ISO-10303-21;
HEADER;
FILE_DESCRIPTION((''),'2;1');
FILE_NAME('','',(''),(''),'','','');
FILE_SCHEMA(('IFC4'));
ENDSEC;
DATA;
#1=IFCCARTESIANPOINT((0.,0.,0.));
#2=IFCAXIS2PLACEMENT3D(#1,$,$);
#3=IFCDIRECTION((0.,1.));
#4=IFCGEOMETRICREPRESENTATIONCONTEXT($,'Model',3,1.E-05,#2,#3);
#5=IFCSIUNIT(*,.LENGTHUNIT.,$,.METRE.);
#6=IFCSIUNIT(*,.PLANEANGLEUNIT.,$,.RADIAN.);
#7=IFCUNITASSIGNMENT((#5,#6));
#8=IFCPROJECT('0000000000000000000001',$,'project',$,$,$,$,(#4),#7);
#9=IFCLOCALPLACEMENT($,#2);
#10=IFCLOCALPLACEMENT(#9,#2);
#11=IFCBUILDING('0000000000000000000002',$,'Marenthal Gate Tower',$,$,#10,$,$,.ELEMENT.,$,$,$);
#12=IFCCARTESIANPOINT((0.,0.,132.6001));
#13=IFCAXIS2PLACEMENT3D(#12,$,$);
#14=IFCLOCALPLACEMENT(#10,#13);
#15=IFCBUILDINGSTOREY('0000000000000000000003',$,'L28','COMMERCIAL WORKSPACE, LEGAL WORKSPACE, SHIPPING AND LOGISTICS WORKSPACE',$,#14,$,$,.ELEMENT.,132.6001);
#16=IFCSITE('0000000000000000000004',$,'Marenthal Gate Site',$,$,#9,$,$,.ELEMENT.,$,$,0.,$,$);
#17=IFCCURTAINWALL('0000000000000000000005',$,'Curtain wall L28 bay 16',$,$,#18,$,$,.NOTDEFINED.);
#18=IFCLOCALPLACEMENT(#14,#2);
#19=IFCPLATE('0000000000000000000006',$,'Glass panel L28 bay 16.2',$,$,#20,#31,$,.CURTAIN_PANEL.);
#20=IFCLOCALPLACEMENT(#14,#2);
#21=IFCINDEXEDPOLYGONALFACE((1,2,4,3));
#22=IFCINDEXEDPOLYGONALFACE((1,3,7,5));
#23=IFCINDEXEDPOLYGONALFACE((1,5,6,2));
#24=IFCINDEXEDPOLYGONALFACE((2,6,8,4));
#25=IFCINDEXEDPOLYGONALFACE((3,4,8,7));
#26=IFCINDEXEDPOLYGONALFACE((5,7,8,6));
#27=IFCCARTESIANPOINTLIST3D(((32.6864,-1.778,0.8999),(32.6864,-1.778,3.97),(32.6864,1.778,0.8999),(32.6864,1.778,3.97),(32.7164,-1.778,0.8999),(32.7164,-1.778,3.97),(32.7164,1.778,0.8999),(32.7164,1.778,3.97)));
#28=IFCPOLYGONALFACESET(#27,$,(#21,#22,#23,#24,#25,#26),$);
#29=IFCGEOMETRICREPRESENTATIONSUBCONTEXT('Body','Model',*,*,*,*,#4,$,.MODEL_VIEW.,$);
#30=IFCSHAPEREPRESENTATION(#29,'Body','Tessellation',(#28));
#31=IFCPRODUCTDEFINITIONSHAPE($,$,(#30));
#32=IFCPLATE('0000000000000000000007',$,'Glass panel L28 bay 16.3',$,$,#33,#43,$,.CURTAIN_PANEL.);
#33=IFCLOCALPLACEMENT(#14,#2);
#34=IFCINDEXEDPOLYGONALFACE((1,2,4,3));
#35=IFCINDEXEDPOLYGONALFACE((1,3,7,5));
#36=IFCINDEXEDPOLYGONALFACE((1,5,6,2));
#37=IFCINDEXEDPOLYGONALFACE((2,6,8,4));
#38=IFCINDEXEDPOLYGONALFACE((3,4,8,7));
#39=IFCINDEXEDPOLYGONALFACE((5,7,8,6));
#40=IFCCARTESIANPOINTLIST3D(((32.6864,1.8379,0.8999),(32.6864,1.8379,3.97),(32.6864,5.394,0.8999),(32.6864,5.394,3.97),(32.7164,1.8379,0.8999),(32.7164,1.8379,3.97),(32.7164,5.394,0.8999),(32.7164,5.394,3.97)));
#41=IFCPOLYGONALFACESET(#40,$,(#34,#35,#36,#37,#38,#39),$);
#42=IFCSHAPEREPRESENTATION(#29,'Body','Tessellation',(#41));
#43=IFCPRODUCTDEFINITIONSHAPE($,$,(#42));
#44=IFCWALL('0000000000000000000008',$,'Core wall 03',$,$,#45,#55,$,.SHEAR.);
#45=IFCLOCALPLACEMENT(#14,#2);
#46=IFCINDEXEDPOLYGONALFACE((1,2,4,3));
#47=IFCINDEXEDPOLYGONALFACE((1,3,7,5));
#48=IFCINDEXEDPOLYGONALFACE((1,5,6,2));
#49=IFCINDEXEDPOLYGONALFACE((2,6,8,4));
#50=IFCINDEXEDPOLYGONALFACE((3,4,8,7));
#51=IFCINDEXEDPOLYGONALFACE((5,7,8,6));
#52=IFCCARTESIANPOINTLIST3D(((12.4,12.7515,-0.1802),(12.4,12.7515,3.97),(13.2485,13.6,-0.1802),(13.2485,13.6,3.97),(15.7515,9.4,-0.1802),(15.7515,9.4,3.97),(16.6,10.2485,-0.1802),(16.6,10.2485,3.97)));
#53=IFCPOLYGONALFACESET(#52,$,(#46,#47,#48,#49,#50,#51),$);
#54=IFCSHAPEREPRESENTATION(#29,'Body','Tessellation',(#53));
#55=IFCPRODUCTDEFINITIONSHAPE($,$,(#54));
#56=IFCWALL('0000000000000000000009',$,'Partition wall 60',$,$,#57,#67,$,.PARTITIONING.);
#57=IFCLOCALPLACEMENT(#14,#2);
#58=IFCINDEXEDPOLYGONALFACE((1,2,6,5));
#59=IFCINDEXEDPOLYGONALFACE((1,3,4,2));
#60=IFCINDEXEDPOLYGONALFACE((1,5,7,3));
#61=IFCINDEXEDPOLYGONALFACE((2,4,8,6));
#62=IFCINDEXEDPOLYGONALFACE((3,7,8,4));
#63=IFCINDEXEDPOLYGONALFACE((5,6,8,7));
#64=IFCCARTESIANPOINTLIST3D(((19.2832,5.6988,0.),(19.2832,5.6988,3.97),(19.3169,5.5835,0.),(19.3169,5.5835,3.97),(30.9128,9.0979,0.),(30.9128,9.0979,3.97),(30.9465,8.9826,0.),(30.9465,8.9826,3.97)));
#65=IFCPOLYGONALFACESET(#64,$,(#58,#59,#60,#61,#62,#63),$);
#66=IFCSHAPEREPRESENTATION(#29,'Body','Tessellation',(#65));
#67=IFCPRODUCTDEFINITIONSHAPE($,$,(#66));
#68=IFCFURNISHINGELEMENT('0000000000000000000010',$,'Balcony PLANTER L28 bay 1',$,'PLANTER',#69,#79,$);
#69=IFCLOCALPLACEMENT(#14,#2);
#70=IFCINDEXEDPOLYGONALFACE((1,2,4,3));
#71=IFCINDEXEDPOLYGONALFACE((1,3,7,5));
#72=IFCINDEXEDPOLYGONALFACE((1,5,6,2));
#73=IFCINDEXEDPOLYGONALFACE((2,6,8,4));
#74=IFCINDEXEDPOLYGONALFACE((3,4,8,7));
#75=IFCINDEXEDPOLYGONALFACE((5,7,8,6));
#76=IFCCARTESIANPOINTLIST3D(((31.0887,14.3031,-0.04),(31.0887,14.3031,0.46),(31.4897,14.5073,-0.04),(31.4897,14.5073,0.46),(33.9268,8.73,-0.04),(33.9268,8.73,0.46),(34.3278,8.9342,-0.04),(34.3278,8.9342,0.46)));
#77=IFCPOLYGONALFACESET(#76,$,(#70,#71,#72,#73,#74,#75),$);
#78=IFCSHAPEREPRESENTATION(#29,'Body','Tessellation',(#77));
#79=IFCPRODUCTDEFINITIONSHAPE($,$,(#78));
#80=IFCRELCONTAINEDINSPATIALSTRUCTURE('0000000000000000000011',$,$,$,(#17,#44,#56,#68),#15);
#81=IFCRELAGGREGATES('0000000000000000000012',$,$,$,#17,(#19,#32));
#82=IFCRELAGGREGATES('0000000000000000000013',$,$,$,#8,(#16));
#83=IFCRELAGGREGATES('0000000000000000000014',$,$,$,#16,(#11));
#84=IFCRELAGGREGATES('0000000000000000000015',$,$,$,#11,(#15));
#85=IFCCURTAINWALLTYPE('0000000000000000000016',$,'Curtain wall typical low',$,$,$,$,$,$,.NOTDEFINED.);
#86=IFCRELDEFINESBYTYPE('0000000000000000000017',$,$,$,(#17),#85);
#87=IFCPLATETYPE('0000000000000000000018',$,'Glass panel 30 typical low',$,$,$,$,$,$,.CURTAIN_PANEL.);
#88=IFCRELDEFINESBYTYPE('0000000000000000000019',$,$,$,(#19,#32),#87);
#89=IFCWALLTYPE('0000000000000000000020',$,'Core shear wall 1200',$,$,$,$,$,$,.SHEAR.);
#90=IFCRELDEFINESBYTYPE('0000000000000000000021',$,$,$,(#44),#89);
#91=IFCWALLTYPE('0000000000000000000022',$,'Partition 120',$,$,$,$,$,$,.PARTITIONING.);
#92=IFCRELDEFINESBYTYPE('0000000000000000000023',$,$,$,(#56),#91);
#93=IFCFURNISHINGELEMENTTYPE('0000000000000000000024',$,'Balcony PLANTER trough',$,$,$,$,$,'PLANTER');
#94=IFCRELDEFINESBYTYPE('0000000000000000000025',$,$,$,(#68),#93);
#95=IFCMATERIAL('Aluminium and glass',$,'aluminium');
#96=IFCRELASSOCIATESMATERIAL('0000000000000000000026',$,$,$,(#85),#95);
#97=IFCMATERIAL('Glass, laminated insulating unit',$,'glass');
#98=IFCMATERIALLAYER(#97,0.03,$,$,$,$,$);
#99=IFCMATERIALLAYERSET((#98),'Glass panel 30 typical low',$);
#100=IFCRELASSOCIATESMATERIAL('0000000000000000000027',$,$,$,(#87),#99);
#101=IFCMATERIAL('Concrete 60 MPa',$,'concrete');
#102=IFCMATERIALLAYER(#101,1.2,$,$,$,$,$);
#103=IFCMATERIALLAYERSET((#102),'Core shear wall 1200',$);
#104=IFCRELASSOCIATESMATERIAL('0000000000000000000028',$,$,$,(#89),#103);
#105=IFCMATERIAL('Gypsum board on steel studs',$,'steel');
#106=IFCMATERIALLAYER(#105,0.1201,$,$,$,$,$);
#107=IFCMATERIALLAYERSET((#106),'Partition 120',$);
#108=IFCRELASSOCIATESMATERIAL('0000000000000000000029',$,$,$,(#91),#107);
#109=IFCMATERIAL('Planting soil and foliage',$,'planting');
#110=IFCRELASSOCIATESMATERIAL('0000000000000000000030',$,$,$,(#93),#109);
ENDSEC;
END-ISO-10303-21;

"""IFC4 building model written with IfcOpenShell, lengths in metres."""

from ifc_helpers import new_model, si_unit, direction, frame, frame_2d, origin, origin_2d, place, context, subcontext, project, spatial, rectangle, extrude, material, layer, layer_set, type_object, element, aggregate, save


model = new_model("IFC4")

# Units and contexts
model_context = context("Model", 3, precision=1e-05, world=origin(), true_north=direction((0.0, 1.0)))
body_context = subcontext(model_context, "Body", "Model", "MODEL_VIEW")
ifc_project = project(units=[si_unit("LENGTHUNIT", "METRE"), si_unit("PLANEANGLEUNIT", "RADIAN")], contexts=[model_context])

# Site, building, storey
site_placement = place(None, origin())
site = spatial("IfcSite", under=ifc_project, at=site_placement, Name="Marenthal Gate Site", CompositionType="ELEMENT", RefElevation=0.0)
building_placement = place(site_placement, origin())
building = spatial("IfcBuilding", under=site, at=building_placement, Name="Marenthal Gate Tower", CompositionType="ELEMENT")
storey_placement = place(building_placement, frame((0.0, 0.0, 132.6001)))
storey = spatial("IfcBuildingStorey", under=building, at=storey_placement, Name="L28", Description="COMMERCIAL WORKSPACE, LEGAL WORKSPACE, SHIPPING AND LOGISTICS WORKSPACE", CompositionType="ELEMENT", Elevation=132.6001)

# Curtain wall
ifc_material_1 = material(Name="Aluminium and glass", Category="aluminium")
curtain_wall_type = type_object("IfcCurtainWallType", Name="Curtain wall typical low", PredefinedType="NOTDEFINED", material=ifc_material_1)
curtain_wall_placement = place(storey_placement, origin())
curtain_wall = element("IfcCurtainWall", 1, at=curtain_wall_placement, inside=storey, type_object=curtain_wall_type, Name="Curtain wall L28 bay 16", PredefinedType="NOTDEFINED")

# Plates
ifc_material_2 = material(Name="Glass, laminated insulating unit", Category="glass")
ifc_layer_1 = layer(ifc_material_2, 0.03)
ifc_layer_set_1 = layer_set([ifc_layer_1], Name="Glass panel 30 typical low")
plate_type = type_object("IfcPlateType", Name="Glass panel 30 typical low", PredefinedType="CURTAIN_PANEL", material=ifc_layer_set_1)
plate_1_placement = place(storey_placement, frame((32.7014, 0.0, 0.8999), z_axis=(0.0, 0.0, 1.0), x_axis=(0.0, 1.0, 0.0)))
plate_1 = element("IfcPlate", 2, at=plate_1_placement, type_object=plate_type, Name="Glass panel L28 bay 16.2", PredefinedType="CURTAIN_PANEL", context=body_context, shape_type="SweptSolid", body=[
    extrude(rectangle(XDim=3.5559, YDim=0.03, at=origin_2d()), origin(), (0.0, 0.0, 1.0), 3.0701),
])
plate_2_placement = place(storey_placement, frame((32.7014, 3.616, 0.8999), z_axis=(0.0, 0.0, 1.0), x_axis=(0.0, 1.0, 0.0)))
plate_2 = element("IfcPlate", 3, at=plate_2_placement, type_object=plate_type, Name="Glass panel L28 bay 16.3", PredefinedType="CURTAIN_PANEL", context=body_context, shape_type="SweptSolid", body=[
    extrude(rectangle(XDim=3.5562, YDim=0.03, at=origin_2d()), origin(), (0.0, 0.0, 1.0), 3.0701),
])
aggregate(curtain_wall, [plate_1, plate_2])

# Walls
ifc_material_3 = material(Name="Concrete 60 MPa", Category="concrete")
ifc_layer_2 = layer(ifc_material_3, 1.2)
ifc_layer_set_2 = layer_set([ifc_layer_2], Name="Core shear wall 1200")
wall_type_1 = type_object("IfcWallType", Name="Core shear wall 1200", PredefinedType="SHEAR", material=ifc_layer_set_2)
wall_1_placement = place(storey_placement, frame((16.1758, 9.8242, -0.1802), z_axis=(0.0, 0.0, 1.0), x_axis=(-0.707107, 0.707107, 0.0)))
element("IfcWall", 4, at=wall_1_placement, inside=storey, type_object=wall_type_1, Name="Core wall 03", PredefinedType="SHEAR", context=body_context, shape_type="SweptSolid", body=[
    extrude(rectangle(XDim=4.7397, YDim=1.2, at=frame_2d((2.3699, 0.0))), origin(), (0.0, 0.0, 1.0), 4.1501),
])
ifc_material_4 = material(Name="Gypsum board on steel studs", Category="steel")
ifc_layer_3 = layer(ifc_material_4, 0.1201)
ifc_layer_set_3 = layer_set([ifc_layer_3], Name="Partition 120")
wall_type_2 = type_object("IfcWallType", Name="Partition 120", PredefinedType="PARTITIONING", material=ifc_layer_set_3)
wall_2_placement = place(storey_placement, frame((19.3, 5.6411, 0.0), z_axis=(0.0, 0.0, 1.0), x_axis=(0.95984, 0.280547, 0.0)))
element("IfcWall", 5, at=wall_2_placement, inside=storey, type_object=wall_type_2, Name="Partition wall 60", PredefinedType="PARTITIONING", context=body_context, shape_type="SweptSolid", body=[
    extrude(rectangle(XDim=12.1162, YDim=0.1201, at=frame_2d((6.0581, 0.0))), origin(), (0.0, 0.0, 1.0), 3.97),
])

# Furnishing element
ifc_material_5 = material(Name="Planting soil and foliage", Category="planting")
furnishing_element_type = type_object("IfcFurnishingElementType", Name="Balcony PLANTER trough", ElementType="PLANTER", material=ifc_material_5)
furnishing_placement = place(storey_placement, frame((32.7083, 11.6187, -0.04), z_axis=(0.0, 0.0, 1.0), x_axis=(-0.453791, 0.891108, 0.0)))
element("IfcFurnishingElement", 6, at=furnishing_placement, inside=storey, type_object=furnishing_element_type, Name="Balcony PLANTER L28 bay 1", ObjectType="PLANTER", context=body_context, shape_type="SweptSolid", body=[
    extrude(rectangle(XDim=6.2542, YDim=0.45, at=origin_2d()), origin(), (0.0, 0.0, 1.0), 0.5),
])

save(model, "model.ifc")
